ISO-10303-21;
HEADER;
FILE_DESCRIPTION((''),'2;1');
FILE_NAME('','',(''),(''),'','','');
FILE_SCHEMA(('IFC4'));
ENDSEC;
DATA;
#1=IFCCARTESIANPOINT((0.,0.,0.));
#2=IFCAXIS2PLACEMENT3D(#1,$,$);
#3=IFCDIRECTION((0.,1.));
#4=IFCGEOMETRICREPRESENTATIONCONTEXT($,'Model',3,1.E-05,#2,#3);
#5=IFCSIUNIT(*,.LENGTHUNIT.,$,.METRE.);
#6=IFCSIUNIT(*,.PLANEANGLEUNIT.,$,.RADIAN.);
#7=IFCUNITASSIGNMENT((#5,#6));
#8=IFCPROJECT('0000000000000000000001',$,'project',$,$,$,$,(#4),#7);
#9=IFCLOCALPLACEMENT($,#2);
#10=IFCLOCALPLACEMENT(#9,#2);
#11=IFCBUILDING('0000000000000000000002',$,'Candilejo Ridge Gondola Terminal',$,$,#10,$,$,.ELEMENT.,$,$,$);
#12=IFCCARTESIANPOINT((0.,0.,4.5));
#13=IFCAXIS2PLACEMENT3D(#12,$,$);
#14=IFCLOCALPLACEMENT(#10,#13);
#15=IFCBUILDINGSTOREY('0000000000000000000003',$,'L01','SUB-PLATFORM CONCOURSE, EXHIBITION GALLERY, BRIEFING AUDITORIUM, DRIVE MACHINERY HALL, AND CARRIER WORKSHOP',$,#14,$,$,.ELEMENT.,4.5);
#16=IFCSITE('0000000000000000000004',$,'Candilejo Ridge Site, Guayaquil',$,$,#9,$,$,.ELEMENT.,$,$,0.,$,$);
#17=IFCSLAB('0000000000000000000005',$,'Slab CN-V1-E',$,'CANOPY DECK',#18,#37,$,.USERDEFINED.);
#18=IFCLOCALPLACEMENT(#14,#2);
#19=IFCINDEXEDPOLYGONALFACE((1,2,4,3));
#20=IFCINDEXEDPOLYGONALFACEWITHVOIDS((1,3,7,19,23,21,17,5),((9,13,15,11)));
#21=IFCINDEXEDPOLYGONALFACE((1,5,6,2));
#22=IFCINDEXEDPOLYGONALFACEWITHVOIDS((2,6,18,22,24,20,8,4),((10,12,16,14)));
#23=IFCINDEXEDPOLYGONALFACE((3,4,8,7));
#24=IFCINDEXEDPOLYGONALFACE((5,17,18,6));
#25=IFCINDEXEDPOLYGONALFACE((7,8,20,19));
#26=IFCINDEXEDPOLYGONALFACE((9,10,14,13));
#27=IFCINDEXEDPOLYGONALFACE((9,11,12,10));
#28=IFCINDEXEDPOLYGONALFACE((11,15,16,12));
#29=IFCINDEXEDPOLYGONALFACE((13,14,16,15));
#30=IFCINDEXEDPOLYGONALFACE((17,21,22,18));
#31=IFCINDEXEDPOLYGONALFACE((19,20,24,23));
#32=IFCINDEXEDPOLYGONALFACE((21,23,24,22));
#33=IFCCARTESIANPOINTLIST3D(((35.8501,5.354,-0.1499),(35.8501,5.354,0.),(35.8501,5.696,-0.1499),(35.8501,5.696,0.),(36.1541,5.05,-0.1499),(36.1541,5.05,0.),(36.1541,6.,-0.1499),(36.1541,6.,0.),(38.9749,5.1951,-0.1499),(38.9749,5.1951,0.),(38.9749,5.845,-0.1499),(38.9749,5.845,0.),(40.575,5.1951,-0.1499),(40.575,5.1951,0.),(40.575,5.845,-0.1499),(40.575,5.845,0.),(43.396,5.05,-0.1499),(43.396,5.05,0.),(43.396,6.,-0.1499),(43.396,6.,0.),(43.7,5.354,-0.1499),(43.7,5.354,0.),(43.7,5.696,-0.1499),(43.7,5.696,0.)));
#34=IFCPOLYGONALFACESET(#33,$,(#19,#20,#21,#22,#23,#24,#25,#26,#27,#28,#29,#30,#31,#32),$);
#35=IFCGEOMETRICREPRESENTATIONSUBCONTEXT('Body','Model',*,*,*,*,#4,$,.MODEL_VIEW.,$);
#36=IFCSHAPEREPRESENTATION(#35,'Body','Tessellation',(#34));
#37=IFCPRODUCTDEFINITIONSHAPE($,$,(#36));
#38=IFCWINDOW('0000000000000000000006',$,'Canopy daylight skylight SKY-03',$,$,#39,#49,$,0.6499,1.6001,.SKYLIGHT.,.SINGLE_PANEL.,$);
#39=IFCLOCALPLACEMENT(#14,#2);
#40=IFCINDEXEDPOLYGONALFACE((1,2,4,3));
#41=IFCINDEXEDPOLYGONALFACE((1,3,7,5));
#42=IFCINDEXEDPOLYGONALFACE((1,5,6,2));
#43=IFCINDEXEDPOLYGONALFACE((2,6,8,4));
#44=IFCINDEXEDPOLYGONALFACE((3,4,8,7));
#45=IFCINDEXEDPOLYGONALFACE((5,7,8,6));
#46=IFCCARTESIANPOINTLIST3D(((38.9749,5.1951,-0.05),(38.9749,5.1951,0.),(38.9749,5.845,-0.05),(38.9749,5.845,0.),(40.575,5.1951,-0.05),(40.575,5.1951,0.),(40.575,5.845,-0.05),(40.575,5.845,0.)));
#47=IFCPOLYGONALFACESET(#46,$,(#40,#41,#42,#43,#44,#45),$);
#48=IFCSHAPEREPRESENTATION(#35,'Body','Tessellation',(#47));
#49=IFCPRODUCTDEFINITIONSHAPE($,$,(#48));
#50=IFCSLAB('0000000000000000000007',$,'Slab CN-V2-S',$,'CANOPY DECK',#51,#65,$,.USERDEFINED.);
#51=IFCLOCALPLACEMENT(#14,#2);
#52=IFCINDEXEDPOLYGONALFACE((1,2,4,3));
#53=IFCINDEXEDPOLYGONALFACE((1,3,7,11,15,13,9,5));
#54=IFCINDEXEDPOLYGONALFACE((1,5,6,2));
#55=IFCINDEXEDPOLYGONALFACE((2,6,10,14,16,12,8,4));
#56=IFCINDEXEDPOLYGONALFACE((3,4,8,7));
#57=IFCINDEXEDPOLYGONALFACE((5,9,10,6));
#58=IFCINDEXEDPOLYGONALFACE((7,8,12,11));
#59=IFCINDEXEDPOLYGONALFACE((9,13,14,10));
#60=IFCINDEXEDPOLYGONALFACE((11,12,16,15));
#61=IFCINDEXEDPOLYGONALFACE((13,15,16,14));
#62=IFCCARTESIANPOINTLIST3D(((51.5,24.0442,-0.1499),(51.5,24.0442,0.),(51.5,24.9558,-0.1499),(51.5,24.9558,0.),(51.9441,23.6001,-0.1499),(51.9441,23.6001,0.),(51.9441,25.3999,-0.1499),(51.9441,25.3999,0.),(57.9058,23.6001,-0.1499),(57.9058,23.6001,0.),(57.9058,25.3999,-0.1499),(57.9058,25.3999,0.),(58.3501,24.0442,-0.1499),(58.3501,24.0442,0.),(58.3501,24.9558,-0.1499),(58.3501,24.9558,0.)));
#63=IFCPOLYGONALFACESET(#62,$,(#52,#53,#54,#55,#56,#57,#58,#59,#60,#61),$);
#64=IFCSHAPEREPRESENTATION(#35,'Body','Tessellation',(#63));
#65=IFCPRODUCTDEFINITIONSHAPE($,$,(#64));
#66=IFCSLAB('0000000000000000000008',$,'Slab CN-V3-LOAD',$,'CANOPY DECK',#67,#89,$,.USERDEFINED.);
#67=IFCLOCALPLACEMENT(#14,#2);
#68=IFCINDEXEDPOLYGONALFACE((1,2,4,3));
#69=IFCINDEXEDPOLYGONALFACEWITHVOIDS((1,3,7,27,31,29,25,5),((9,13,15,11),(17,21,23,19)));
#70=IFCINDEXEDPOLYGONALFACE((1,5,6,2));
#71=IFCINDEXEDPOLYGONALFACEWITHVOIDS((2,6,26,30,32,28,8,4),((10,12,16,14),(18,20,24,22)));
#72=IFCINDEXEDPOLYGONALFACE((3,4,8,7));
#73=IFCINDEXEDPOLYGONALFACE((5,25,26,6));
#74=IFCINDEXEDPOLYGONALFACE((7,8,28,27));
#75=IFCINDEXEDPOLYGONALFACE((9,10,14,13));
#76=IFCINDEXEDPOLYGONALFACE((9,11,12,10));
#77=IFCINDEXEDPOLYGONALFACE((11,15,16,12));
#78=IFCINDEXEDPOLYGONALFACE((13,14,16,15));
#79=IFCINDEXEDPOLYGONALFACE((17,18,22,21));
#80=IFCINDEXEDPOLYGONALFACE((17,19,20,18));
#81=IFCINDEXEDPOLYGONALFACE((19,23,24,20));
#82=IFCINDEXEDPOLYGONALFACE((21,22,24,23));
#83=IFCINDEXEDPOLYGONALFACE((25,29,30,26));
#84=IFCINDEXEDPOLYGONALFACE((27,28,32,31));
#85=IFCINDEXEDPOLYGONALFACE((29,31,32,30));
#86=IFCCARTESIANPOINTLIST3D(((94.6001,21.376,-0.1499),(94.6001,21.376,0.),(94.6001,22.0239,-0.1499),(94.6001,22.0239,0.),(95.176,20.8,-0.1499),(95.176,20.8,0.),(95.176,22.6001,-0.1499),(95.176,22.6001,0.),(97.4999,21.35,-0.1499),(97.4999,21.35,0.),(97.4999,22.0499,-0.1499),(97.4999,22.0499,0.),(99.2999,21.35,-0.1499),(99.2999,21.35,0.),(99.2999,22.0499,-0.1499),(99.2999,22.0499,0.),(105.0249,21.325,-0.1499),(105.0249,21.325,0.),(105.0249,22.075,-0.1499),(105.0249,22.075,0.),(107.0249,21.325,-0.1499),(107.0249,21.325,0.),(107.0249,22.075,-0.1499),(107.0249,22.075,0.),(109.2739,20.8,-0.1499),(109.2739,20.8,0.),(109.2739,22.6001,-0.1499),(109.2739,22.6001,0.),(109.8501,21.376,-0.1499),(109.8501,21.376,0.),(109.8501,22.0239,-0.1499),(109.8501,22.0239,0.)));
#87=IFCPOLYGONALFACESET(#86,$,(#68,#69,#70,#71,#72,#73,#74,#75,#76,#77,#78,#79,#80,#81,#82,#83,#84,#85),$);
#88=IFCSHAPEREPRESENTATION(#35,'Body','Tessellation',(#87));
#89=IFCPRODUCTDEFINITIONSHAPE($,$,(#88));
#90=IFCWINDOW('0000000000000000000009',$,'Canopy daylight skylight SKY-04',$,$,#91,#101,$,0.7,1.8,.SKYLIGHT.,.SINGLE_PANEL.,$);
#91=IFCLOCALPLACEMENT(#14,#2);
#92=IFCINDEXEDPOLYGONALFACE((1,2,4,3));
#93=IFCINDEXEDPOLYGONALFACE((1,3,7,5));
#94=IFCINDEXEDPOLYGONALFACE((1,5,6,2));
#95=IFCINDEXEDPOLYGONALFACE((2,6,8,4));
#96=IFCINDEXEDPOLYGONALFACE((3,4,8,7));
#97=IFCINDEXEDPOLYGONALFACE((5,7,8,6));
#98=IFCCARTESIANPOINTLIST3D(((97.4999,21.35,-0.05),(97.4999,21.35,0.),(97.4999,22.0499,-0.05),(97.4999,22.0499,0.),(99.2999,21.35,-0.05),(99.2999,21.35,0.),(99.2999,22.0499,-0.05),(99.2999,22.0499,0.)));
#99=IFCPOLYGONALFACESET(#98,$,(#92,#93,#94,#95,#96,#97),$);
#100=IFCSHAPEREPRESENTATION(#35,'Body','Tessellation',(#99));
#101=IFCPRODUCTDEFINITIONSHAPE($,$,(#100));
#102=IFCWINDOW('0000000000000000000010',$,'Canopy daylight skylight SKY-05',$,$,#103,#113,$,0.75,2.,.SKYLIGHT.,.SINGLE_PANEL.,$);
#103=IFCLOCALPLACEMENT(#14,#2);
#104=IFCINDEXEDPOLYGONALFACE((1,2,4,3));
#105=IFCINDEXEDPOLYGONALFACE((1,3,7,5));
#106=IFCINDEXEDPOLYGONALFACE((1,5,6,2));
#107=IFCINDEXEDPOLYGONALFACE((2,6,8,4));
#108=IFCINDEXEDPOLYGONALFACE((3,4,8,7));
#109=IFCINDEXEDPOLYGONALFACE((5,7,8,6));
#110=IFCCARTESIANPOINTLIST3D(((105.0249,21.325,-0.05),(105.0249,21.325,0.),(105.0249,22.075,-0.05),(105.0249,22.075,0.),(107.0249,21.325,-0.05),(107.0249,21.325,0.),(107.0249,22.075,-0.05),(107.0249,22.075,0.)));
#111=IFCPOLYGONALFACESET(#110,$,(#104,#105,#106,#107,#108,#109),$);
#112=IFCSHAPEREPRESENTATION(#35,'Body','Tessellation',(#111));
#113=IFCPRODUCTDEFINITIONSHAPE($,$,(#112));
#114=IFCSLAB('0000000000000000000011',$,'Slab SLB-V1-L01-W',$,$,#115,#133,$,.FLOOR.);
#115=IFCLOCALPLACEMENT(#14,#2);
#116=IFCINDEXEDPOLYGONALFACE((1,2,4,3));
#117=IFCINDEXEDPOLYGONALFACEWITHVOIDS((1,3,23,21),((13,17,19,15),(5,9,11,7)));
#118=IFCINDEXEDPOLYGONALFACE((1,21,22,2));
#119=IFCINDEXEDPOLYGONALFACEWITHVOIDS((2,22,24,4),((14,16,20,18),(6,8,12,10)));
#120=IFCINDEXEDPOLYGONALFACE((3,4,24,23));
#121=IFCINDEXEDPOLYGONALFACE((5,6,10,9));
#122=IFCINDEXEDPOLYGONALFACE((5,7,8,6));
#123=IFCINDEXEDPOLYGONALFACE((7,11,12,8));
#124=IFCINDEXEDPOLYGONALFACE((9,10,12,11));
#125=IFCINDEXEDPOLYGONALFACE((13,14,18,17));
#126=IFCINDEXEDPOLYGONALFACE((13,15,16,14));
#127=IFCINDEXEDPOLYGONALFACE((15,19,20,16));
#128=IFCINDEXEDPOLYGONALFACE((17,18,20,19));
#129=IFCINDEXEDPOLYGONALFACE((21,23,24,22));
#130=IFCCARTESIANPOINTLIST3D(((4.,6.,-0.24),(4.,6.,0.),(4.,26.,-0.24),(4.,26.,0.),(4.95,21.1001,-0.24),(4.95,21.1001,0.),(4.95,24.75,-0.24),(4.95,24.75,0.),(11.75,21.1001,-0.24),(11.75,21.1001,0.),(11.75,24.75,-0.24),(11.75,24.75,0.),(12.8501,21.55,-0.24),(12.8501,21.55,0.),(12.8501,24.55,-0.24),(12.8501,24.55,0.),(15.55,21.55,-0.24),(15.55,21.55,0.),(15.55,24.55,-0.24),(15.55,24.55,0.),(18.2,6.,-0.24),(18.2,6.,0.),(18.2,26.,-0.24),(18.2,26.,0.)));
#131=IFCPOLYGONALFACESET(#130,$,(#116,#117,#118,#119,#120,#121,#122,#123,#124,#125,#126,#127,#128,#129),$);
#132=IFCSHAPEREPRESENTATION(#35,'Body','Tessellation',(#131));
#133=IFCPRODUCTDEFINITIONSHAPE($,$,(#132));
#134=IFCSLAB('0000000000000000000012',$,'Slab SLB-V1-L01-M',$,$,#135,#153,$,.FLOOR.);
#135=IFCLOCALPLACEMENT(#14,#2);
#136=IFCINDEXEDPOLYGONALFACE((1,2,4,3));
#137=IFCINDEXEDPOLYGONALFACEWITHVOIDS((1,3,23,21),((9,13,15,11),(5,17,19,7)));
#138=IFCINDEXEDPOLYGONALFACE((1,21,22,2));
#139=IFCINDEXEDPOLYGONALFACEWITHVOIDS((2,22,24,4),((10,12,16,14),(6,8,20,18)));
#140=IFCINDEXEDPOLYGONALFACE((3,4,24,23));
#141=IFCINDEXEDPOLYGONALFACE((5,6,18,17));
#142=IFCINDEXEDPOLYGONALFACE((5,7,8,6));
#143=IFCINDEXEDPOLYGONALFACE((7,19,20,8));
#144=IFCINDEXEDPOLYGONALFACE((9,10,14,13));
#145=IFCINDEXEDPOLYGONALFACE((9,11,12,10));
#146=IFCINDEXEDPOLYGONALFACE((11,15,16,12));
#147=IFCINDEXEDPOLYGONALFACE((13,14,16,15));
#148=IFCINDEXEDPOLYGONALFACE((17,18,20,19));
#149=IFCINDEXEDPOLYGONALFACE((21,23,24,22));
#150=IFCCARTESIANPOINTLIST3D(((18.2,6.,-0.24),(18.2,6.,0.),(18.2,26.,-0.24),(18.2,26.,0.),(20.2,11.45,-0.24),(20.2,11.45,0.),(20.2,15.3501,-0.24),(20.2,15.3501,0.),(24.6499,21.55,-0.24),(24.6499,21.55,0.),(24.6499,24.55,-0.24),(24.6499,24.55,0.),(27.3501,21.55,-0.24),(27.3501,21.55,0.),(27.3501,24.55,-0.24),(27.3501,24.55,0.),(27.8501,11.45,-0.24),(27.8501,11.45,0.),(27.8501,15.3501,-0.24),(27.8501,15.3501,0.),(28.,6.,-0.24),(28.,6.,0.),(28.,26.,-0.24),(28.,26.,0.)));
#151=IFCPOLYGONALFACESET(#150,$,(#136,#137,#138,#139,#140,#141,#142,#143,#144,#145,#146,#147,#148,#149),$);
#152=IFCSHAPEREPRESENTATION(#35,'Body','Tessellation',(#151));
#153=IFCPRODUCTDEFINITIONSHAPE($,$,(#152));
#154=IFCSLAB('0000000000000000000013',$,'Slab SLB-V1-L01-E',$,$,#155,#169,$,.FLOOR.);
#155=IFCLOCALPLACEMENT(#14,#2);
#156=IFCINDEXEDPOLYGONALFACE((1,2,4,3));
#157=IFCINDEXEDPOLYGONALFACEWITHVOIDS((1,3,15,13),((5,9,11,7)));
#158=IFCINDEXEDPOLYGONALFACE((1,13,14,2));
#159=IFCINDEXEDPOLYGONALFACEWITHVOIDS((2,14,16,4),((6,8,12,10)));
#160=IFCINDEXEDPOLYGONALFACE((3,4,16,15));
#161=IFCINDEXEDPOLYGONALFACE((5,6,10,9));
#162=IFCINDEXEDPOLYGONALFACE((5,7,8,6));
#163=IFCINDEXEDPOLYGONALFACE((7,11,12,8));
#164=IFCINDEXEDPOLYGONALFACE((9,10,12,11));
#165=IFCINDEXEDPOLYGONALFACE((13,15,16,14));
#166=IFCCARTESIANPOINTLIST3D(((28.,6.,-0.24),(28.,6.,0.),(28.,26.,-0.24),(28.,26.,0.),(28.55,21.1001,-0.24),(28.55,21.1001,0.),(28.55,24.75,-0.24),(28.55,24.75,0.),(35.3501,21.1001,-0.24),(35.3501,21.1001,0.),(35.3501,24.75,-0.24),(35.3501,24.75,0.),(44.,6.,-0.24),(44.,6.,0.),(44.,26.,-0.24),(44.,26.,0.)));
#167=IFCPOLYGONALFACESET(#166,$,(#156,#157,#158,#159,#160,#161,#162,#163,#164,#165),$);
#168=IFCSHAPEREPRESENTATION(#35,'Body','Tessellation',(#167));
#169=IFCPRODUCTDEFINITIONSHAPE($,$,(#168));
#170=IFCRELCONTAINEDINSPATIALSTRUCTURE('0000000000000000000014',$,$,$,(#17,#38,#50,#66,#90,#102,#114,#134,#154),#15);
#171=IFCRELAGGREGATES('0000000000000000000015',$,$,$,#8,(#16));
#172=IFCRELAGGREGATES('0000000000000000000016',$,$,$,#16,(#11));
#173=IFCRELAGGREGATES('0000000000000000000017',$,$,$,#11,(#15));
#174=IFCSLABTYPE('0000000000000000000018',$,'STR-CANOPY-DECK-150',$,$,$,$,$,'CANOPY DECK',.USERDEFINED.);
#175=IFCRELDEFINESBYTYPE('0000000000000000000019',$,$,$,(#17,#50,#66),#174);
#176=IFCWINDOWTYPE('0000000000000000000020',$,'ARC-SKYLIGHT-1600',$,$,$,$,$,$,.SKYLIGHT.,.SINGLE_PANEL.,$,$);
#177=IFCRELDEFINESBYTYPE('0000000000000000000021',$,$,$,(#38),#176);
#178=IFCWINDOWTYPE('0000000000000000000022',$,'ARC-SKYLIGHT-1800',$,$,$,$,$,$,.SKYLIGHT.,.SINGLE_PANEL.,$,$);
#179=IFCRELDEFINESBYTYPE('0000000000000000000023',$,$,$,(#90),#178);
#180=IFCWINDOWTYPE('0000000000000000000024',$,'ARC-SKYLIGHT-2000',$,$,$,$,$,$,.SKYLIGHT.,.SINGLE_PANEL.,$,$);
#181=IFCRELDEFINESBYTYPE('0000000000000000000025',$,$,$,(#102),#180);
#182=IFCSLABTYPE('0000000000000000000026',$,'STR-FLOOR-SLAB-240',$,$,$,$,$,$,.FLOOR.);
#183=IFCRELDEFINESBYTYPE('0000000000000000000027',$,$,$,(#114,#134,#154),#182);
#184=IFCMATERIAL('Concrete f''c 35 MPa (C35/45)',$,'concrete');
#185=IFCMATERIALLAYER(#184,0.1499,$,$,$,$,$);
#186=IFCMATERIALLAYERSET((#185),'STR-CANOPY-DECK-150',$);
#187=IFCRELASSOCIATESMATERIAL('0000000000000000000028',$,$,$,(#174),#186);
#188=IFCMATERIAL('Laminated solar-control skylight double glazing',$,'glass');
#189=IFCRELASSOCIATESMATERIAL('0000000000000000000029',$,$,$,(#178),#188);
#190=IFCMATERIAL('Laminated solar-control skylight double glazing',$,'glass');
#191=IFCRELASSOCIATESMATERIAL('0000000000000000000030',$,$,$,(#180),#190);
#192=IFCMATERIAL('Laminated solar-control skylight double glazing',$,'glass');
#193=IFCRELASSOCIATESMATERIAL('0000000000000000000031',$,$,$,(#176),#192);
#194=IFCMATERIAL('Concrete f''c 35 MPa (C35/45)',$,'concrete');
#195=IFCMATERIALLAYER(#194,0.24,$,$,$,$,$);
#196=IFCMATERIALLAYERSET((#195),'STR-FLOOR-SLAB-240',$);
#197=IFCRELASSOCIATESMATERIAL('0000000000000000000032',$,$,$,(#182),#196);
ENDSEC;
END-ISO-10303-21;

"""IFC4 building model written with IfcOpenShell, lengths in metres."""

from ifc_helpers import new_model, si_unit, direction, frame, origin, origin_2d, place, context, subcontext, project, spatial, polyline, rectangle, outline, extrude, material, layer, layer_set, type_object, element, fill, save


model = new_model("IFC4")

# Units and contexts
model_context = context("Model", 3, precision=1e-05, world=origin(), true_north=direction((0.0, 1.0)))
body_context = subcontext(model_context, "Body", "Model", "MODEL_VIEW")
ifc_project = project(units=[si_unit("LENGTHUNIT", "METRE"), si_unit("PLANEANGLEUNIT", "RADIAN")], contexts=[model_context])

# Site, building, storey
site_placement = place(None, origin())
site = spatial("IfcSite", under=ifc_project, at=site_placement, Name="Candilejo Ridge Site, Guayaquil", CompositionType="ELEMENT", RefElevation=0.0)
building_placement = place(site_placement, origin())
building = spatial("IfcBuilding", under=site, at=building_placement, Name="Candilejo Ridge Gondola Terminal", CompositionType="ELEMENT")
storey_placement = place(building_placement, frame((0.0, 0.0, 4.5)))
storey = spatial("IfcBuildingStorey", under=building, at=storey_placement, Name="L01", Description="SUB-PLATFORM CONCOURSE, EXHIBITION GALLERY, BRIEFING AUDITORIUM, DRIVE MACHINERY HALL, AND CARRIER WORKSHOP", CompositionType="ELEMENT", Elevation=4.5)

# Slab, opening, window
ifc_material_1 = material(Name="Concrete f'c 35 MPa (C35/45)", Category="concrete")
ifc_layer_1 = layer(ifc_material_1, 0.1499)
ifc_layer_set_1 = layer_set([ifc_layer_1], Name="STR-CANOPY-DECK-150")
slab_type_1 = type_object("IfcSlabType", Name="STR-CANOPY-DECK-150", ElementType="CANOPY DECK", PredefinedType="USERDEFINED", material=ifc_layer_set_1)
ifc_material_2 = material(Name="Laminated solar-control skylight double glazing", Category="glass")
window_type_1 = type_object("IfcWindowType", Name="ARC-SKYLIGHT-1800", PartitioningType="SINGLE_PANEL", PredefinedType="SKYLIGHT", material=ifc_material_2)
ifc_material_3 = material(Name="Laminated solar-control skylight double glazing", Category="glass")
window_type_2 = type_object("IfcWindowType", Name="ARC-SKYLIGHT-2000", PartitioningType="SINGLE_PANEL", PredefinedType="SKYLIGHT", material=ifc_material_3)
slab_1_placement = place(storey_placement, frame((0.0, 0.0, -0.1499)))
slab_1 = element("IfcSlab", 1, at=slab_1_placement, inside=storey, type_object=slab_type_1, Name="Slab CN-V1-E", ObjectType="CANOPY DECK", PredefinedType="USERDEFINED", context=body_context, shape_type="SweptSolid", body=[
    extrude(outline(polyline([(36.1541, 5.05), (43.396, 5.05), (43.7, 5.354), (43.7, 5.696), (43.396, 6.0), (36.1541, 6.0), (35.8501, 5.696), (35.8501, 5.354), (36.1541, 5.05)])), origin(), (0.0, 0.0, 1.0), 0.1499),
])
opening_1_placement = place(slab_1_placement, frame((39.7749, 5.52, 0.0)))
opening_1 = element("IfcOpeningElement", 2, at=opening_1_placement, cuts=slab_1, PredefinedType="OPENING", context=body_context, shape_type="SweptSolid", body=[
    extrude(rectangle(XDim=1.6001, YDim=0.6499, at=origin_2d()), origin(), (0.0, 0.0, 1.0), 0.1499),
])
ifc_material_4 = material(Name="Laminated solar-control skylight double glazing", Category="glass")
window_type_3 = type_object("IfcWindowType", Name="ARC-SKYLIGHT-1600", PartitioningType="SINGLE_PANEL", PredefinedType="SKYLIGHT", material=ifc_material_4)
window_1_placement = place(opening_1_placement, frame((0.0, 0.0, 0.0999)))
window_1 = element("IfcWindow", 3, at=window_1_placement, inside=storey, type_object=window_type_3, Name="Canopy daylight skylight SKY-03", OverallHeight=0.6499, OverallWidth=1.6001, PartitioningType="SINGLE_PANEL", PredefinedType="SKYLIGHT", context=body_context, shape_type="SweptSolid", body=[
    extrude(rectangle(XDim=1.6001, YDim=0.6499, at=origin_2d()), origin(), (0.0, 0.0, 1.0), 0.05),
])
fill(opening_1, window_1)

# Slab
slab_2_placement = place(storey_placement, frame((0.0, 0.0, -0.1499)))
element("IfcSlab", 4, at=slab_2_placement, inside=storey, type_object=slab_type_1, Name="Slab CN-V2-S", ObjectType="CANOPY DECK", PredefinedType="USERDEFINED", context=body_context, shape_type="SweptSolid", body=[
    extrude(outline(polyline([(51.9441, 23.6001), (57.9058, 23.6001), (58.3501, 24.0442), (58.3501, 24.9558), (57.9058, 25.3999), (51.9441, 25.3999), (51.5, 24.9558), (51.5, 24.0442), (51.9441, 23.6001)])), origin(), (0.0, 0.0, 1.0), 0.1499),
])

# Slab, openings, windows
slab_3_placement = place(storey_placement, frame((0.0, 0.0, -0.1499)))
slab_3 = element("IfcSlab", 5, at=slab_3_placement, inside=storey, type_object=slab_type_1, Name="Slab CN-V3-LOAD", ObjectType="CANOPY DECK", PredefinedType="USERDEFINED", context=body_context, shape_type="SweptSolid", body=[
    extrude(outline(polyline([(95.176, 20.8), (109.2739, 20.8), (109.8501, 21.376), (109.8501, 22.0239), (109.2739, 22.6001), (95.176, 22.6001), (94.6001, 22.0239), (94.6001, 21.376), (95.176, 20.8)])), origin(), (0.0, 0.0, 1.0), 0.1499),
])
opening_2_placement = place(slab_3_placement, frame((98.3999, 21.7, 0.0)))
opening_2 = element("IfcOpeningElement", 6, at=opening_2_placement, cuts=slab_3, PredefinedType="OPENING", context=body_context, shape_type="SweptSolid", body=[
    extrude(rectangle(XDim=1.8, YDim=0.7, at=origin_2d()), origin(), (0.0, 0.0, 1.0), 0.1499),
])
opening_3_placement = place(slab_3_placement, frame((106.0249, 21.7, 0.0)))
opening_3 = element("IfcOpeningElement", 7, at=opening_3_placement, cuts=slab_3, PredefinedType="OPENING", context=body_context, shape_type="SweptSolid", body=[
    extrude(rectangle(XDim=2.0, YDim=0.75, at=origin_2d()), origin(), (0.0, 0.0, 1.0), 0.1499),
])
window_2_placement = place(opening_2_placement, frame((0.0, 0.0, 0.0999)))
window_2 = element("IfcWindow", 8, at=window_2_placement, inside=storey, type_object=window_type_1, Name="Canopy daylight skylight SKY-04", OverallHeight=0.7, OverallWidth=1.8, PartitioningType="SINGLE_PANEL", PredefinedType="SKYLIGHT", context=body_context, shape_type="SweptSolid", body=[
    extrude(rectangle(XDim=1.8, YDim=0.7, at=origin_2d()), origin(), (0.0, 0.0, 1.0), 0.05),
])
fill(opening_2, window_2)
window_3_placement = place(opening_3_placement, frame((0.0, 0.0, 0.0999)))
window_3 = element("IfcWindow", 9, at=window_3_placement, inside=storey, type_object=window_type_2, Name="Canopy daylight skylight SKY-05", OverallHeight=0.75, OverallWidth=2.0, PartitioningType="SINGLE_PANEL", PredefinedType="SKYLIGHT", context=body_context, shape_type="SweptSolid", body=[
    extrude(rectangle(XDim=2.0, YDim=0.75, at=origin_2d()), origin(), (0.0, 0.0, 1.0), 0.05),
])
fill(opening_3, window_3)

# Slabs
ifc_material_5 = material(Name="Concrete f'c 35 MPa (C35/45)", Category="concrete")
ifc_layer_2 = layer(ifc_material_5, 0.24)
ifc_layer_set_2 = layer_set([ifc_layer_2], Name="STR-FLOOR-SLAB-240")
slab_type_2 = type_object("IfcSlabType", Name="STR-FLOOR-SLAB-240", PredefinedType="FLOOR", material=ifc_layer_set_2)
slab_4_placement = place(storey_placement, frame((0.0, 0.0, -0.24)))
element("IfcSlab", 10, at=slab_4_placement, inside=storey, type_object=slab_type_2, Name="Slab SLB-V1-L01-W", PredefinedType="FLOOR", context=body_context, shape_type="SweptSolid", body=[
    extrude(outline(polyline([(4.0, 6.0), (18.2, 6.0), (18.2, 26.0), (4.0, 26.0), (4.0, 6.0)]), holes=[polyline([(4.95, 21.1001), (11.75, 21.1001), (11.75, 24.75), (4.95, 24.75), (4.95, 21.1001)]), polyline([(12.8501, 21.55), (15.55, 21.55), (15.55, 24.55), (12.8501, 24.55), (12.8501, 21.55)])]), origin(), (0.0, 0.0, 1.0), 0.24),
])
slab_5_placement = place(storey_placement, frame((0.0, 0.0, -0.24)))
element("IfcSlab", 11, at=slab_5_placement, inside=storey, type_object=slab_type_2, Name="Slab SLB-V1-L01-M", PredefinedType="FLOOR", context=body_context, shape_type="SweptSolid", body=[
    extrude(outline(polyline([(18.2, 6.0), (28.0, 6.0), (28.0, 26.0), (18.2, 26.0), (18.2, 6.0)]), holes=[polyline([(24.6499, 21.55), (27.3501, 21.55), (27.3501, 24.55), (24.6499, 24.55), (24.6499, 21.55)]), polyline([(20.2, 11.45), (27.8501, 11.45), (27.8501, 15.3501), (20.2, 15.3501), (20.2, 11.45)])]), origin(), (0.0, 0.0, 1.0), 0.24),
])
slab_6_placement = place(storey_placement, frame((0.0, 0.0, -0.24)))
element("IfcSlab", 12, at=slab_6_placement, inside=storey, type_object=slab_type_2, Name="Slab SLB-V1-L01-E", PredefinedType="FLOOR", context=body_context, shape_type="SweptSolid", body=[
    extrude(outline(polyline([(28.0, 6.0), (44.0, 6.0), (44.0, 26.0), (28.0, 26.0), (28.0, 6.0)]), holes=[polyline([(28.55, 21.1001), (35.3501, 21.1001), (35.3501, 24.75), (28.55, 24.75), (28.55, 21.1001)])]), origin(), (0.0, 0.0, 1.0), 0.24),
])

save(model, "model.ifc")
